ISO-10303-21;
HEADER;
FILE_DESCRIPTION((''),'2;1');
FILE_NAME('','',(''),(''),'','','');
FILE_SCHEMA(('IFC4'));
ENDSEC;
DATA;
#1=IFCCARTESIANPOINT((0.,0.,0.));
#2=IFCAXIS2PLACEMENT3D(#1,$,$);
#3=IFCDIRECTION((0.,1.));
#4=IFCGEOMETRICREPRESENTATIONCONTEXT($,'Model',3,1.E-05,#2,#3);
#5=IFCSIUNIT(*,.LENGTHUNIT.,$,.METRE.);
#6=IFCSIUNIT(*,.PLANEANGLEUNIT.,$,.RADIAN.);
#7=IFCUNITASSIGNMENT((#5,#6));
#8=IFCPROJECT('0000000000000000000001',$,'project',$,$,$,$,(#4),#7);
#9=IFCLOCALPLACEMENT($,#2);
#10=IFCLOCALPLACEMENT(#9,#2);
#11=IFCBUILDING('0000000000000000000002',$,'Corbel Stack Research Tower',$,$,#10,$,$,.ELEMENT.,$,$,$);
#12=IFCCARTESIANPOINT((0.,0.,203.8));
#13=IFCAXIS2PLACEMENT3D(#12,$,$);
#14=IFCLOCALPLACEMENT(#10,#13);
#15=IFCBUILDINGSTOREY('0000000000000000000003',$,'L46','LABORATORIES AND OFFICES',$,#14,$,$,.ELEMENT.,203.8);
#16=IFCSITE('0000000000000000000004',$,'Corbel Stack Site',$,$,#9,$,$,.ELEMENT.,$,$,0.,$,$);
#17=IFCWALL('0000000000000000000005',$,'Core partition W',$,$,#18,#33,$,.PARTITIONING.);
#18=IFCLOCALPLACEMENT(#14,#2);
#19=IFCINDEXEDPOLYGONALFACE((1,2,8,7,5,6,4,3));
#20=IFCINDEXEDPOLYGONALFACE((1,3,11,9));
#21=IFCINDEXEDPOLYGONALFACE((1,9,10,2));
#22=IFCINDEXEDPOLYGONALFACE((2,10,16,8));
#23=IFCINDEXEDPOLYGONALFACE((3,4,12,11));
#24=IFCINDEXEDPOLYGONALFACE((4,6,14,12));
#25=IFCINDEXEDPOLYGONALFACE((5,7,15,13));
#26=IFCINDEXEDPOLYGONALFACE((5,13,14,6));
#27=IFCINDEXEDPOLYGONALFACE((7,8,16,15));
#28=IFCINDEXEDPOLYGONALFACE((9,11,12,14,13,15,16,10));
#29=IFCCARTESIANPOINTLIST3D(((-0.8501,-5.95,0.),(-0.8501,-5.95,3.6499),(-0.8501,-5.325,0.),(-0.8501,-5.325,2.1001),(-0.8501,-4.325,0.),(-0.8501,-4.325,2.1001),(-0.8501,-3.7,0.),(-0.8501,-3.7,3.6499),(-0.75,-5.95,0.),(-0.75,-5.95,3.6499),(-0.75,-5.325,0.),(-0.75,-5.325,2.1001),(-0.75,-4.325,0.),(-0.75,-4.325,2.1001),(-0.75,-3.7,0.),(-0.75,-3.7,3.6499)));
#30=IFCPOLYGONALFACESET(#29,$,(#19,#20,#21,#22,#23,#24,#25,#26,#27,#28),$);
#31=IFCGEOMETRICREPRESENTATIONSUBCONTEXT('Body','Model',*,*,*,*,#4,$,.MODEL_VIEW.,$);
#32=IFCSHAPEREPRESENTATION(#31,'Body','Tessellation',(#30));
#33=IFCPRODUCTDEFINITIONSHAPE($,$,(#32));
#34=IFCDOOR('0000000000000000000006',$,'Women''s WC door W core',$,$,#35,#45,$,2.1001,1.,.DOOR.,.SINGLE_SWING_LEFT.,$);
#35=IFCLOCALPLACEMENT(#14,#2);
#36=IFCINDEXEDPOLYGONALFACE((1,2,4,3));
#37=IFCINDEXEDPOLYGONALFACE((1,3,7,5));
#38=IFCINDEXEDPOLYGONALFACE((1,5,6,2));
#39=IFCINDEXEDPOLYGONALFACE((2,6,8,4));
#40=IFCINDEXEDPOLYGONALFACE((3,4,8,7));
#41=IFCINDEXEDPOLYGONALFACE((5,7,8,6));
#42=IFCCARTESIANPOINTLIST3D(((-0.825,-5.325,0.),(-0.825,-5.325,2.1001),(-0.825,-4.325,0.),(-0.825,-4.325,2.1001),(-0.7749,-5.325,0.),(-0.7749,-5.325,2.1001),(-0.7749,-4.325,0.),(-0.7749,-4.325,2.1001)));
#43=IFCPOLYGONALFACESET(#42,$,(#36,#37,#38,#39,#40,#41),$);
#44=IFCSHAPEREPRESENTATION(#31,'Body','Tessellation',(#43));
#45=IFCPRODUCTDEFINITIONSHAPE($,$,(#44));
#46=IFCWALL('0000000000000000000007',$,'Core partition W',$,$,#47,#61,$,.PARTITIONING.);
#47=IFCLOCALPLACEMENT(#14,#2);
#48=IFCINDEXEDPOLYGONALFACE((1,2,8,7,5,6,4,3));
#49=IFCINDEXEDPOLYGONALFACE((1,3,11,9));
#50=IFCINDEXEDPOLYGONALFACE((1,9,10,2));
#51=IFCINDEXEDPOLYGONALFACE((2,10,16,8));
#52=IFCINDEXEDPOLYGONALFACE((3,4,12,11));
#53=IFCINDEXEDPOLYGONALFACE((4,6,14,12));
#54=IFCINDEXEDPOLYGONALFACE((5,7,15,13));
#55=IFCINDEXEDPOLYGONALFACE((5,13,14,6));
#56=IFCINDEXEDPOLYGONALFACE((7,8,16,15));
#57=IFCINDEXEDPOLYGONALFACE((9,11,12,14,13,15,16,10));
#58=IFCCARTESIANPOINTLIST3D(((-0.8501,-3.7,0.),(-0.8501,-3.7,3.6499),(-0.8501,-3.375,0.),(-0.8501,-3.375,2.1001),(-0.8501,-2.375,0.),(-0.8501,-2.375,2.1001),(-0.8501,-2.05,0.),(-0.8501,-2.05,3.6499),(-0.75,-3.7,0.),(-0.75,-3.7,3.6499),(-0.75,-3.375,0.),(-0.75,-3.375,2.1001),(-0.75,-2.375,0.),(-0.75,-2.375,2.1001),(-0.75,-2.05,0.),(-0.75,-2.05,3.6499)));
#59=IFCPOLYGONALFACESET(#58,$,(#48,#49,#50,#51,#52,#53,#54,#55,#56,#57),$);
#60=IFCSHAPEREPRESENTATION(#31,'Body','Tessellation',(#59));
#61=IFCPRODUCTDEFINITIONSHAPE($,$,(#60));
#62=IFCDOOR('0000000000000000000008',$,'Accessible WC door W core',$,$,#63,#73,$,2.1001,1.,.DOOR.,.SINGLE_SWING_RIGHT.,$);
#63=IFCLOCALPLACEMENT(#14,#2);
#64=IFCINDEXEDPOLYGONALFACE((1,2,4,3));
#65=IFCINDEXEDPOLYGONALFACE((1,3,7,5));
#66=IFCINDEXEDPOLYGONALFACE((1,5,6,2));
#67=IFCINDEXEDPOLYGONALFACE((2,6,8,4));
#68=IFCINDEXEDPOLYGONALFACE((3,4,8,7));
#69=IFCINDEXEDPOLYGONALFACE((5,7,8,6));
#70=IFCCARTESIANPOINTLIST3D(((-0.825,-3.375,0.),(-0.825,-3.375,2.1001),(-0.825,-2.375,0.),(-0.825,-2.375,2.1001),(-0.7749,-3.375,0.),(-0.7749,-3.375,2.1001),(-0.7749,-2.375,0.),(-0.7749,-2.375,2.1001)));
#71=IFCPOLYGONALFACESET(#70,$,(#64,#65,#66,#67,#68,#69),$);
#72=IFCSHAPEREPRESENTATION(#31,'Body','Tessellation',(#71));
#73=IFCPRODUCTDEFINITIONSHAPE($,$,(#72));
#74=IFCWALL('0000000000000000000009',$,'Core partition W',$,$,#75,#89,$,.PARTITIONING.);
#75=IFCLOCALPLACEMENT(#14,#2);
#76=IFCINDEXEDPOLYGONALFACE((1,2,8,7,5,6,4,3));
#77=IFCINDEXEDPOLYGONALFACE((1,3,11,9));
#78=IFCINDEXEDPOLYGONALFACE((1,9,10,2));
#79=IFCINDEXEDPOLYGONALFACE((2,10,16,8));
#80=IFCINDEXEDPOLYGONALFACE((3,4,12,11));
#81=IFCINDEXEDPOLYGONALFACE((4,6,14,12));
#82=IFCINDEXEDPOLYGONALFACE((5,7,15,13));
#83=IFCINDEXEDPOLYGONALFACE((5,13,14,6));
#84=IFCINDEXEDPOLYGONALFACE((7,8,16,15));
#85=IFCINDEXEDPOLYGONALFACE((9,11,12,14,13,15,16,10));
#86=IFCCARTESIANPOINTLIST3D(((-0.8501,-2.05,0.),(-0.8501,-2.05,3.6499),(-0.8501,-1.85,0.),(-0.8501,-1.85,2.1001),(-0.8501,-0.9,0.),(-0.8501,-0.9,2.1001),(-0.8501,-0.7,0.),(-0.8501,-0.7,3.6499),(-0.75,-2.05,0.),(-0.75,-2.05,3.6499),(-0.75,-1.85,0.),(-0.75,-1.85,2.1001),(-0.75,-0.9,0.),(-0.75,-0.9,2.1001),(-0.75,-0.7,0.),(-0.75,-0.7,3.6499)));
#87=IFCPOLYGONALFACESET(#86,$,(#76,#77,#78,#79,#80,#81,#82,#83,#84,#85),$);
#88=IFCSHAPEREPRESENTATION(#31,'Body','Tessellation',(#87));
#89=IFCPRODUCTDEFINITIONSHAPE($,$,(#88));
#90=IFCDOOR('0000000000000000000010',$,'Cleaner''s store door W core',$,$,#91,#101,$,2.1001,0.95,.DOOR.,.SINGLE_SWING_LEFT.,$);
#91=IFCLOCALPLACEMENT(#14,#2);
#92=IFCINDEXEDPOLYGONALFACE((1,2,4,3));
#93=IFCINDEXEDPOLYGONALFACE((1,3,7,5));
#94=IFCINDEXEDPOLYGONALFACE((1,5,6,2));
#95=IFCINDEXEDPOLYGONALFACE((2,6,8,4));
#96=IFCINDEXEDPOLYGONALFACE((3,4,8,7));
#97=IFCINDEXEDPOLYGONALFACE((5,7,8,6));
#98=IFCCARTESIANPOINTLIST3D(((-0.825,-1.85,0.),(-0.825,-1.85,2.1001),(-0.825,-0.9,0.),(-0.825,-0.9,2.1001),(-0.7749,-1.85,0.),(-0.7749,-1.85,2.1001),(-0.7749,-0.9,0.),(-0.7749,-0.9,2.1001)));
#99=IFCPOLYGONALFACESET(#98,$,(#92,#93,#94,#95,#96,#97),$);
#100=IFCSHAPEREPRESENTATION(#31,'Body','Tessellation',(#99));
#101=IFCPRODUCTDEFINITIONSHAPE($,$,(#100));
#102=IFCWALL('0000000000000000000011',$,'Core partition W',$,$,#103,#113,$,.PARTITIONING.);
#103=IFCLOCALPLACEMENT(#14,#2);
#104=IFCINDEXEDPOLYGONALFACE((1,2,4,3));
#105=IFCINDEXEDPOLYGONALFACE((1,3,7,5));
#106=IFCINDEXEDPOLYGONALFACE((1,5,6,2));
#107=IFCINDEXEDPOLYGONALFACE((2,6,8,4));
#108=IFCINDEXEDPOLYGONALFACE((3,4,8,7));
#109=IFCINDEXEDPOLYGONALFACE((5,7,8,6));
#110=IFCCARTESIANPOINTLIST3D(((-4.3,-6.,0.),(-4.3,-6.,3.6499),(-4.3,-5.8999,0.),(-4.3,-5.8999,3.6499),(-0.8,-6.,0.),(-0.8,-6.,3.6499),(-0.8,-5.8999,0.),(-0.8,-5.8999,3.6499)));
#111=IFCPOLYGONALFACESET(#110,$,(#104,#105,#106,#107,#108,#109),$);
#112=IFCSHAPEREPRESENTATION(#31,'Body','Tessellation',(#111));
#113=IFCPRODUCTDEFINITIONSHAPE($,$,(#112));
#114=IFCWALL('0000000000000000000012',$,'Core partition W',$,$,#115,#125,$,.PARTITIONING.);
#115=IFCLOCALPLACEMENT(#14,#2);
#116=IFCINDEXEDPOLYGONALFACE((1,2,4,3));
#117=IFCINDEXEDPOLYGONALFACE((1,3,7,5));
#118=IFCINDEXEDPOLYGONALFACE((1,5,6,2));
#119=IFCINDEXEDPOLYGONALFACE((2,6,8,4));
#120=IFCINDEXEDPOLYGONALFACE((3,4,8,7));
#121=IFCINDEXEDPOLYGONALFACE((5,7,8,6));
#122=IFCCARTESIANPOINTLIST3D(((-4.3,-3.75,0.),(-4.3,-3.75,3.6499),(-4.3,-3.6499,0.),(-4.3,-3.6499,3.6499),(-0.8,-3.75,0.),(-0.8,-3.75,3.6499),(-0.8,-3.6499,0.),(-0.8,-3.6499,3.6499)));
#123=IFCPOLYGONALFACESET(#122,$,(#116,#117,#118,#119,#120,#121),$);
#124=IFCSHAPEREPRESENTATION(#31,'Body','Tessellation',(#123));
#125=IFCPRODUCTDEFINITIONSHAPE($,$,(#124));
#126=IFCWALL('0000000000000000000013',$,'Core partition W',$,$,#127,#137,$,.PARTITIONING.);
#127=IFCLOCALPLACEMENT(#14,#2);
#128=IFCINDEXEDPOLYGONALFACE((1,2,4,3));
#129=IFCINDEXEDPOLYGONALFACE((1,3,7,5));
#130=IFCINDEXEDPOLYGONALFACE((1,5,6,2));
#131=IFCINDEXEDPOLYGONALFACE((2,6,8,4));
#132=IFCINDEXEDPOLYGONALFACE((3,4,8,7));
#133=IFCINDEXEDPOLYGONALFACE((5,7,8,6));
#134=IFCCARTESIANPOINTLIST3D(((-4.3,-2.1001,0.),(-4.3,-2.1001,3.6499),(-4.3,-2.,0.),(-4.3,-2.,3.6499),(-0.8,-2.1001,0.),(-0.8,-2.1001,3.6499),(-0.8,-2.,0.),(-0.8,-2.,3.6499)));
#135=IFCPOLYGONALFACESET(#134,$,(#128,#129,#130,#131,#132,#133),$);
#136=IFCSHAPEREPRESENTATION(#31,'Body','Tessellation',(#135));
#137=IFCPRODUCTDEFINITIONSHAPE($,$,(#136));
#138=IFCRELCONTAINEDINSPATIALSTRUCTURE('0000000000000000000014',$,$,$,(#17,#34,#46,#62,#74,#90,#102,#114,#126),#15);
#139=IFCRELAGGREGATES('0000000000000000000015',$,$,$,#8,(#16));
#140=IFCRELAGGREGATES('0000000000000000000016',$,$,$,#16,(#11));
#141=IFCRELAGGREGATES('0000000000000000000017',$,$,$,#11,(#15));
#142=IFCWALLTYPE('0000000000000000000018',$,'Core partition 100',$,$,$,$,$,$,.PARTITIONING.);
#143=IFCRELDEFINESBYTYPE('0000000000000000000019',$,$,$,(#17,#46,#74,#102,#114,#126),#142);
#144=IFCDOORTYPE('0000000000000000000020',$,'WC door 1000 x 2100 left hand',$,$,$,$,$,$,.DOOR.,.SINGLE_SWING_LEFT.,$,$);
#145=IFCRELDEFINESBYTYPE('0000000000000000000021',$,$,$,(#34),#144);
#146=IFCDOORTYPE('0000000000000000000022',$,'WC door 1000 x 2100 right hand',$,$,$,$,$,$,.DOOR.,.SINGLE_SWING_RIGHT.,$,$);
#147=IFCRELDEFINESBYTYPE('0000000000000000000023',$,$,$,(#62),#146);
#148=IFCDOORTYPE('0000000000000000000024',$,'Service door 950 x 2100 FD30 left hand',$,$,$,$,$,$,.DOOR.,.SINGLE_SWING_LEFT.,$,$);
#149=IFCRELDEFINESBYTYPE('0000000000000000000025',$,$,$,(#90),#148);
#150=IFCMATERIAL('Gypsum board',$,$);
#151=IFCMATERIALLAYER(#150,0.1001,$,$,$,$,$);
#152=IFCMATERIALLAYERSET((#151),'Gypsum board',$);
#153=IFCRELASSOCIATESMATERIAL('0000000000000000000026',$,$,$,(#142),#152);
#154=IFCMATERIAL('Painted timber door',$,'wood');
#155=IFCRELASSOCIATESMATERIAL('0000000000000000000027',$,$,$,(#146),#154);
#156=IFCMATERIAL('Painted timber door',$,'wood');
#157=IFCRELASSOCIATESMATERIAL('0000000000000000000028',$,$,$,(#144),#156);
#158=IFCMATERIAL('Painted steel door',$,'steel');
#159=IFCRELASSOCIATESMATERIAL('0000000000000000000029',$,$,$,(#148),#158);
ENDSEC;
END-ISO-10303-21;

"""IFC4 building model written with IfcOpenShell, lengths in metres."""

from ifc_helpers import new_model, si_unit, direction, frame, frame_2d, origin, place, context, subcontext, project, spatial, rectangle, extrude, material, layer, layer_set, type_object, element, fill, save


model = new_model("IFC4")

# Units and contexts
model_context = context("Model", 3, precision=1e-05, world=origin(), true_north=direction((0.0, 1.0)))
body_context = subcontext(model_context, "Body", "Model", "MODEL_VIEW")
ifc_project = project(units=[si_unit("LENGTHUNIT", "METRE"), si_unit("PLANEANGLEUNIT", "RADIAN")], contexts=[model_context])

# Site, building, storey
site_placement = place(None, origin())
site = spatial("IfcSite", under=ifc_project, at=site_placement, Name="Corbel Stack Site", CompositionType="ELEMENT", RefElevation=0.0)
building_placement = place(site_placement, origin())
building = spatial("IfcBuilding", under=site, at=building_placement, Name="Corbel Stack Research Tower", CompositionType="ELEMENT")
storey_placement = place(building_placement, frame((0.0, 0.0, 203.8)))
storey = spatial("IfcBuildingStorey", under=building, at=storey_placement, Name="L46", Description="LABORATORIES AND OFFICES", CompositionType="ELEMENT", Elevation=203.8)

# Walls, openings, doors
ifc_material_1 = material(Name="Gypsum board")
ifc_layer_1 = layer(ifc_material_1, 0.1001)
ifc_layer_set_1 = layer_set([ifc_layer_1], Name="Gypsum board")
wall_type_1 = type_object("IfcWallType", Name="Core partition 100", PredefinedType="PARTITIONING", material=ifc_layer_set_1)
ifc_material_2 = material(Name="Painted timber door", Category="wood")
door_type_1 = type_object("IfcDoorType", Name="WC door 1000 x 2100 right hand", OperationType="SINGLE_SWING_RIGHT", PredefinedType="DOOR", material=ifc_material_2)
wall_1_placement = place(storey_placement, frame((-0.8, -5.95, 0.0), z_axis=(0.0, 0.0, 1.0), x_axis=(0.0, 1.0, 0.0)))
wall_1 = element("IfcWall", 1, at=wall_1_placement, inside=storey, type_object=wall_type_1, Name="Core partition W", PredefinedType="PARTITIONING", context=body_context, shape_type="SweptSolid", body=[
    extrude(rectangle(XDim=2.25, YDim=0.1001, at=frame_2d((1.125, 0.0))), origin(), (0.0, 0.0, 1.0), 3.6499),
])
opening_1_placement = place(wall_1_placement, frame((0.625, 0.0, 0.0)))
opening_1 = element("IfcOpeningElement", 2, at=opening_1_placement, cuts=wall_1, PredefinedType="OPENING", context=body_context, shape_type="SweptSolid", body=[
    extrude(rectangle(XDim=1.0, YDim=2.1001, at=frame_2d((0.5, 1.05))), frame((0.0, 0.0601, 0.0), z_axis=(0.0, -1.0, 0.0), x_axis=(1.0, 0.0, 0.0)), (0.0, 0.0, 1.0), 0.1201),
])
ifc_material_3 = material(Name="Painted timber door", Category="wood")
door_type_2 = type_object("IfcDoorType", Name="WC door 1000 x 2100 left hand", OperationType="SINGLE_SWING_LEFT", PredefinedType="DOOR", material=ifc_material_3)
door_1_placement = place(opening_1_placement, origin())
door_1 = element("IfcDoor", 3, at=door_1_placement, inside=storey, type_object=door_type_2, Name="Women's WC door W core", OperationType="SINGLE_SWING_LEFT", OverallHeight=2.1001, OverallWidth=1.0, PredefinedType="DOOR", context=body_context, shape_type="SweptSolid", body=[
    extrude(rectangle(XDim=1.0, YDim=2.1001, at=frame_2d((0.5, 1.05))), frame((0.0, 0.0249, 0.0), z_axis=(0.0, -1.0, 0.0), x_axis=(1.0, 0.0, 0.0)), (0.0, 0.0, 1.0), 0.05),
])
fill(opening_1, door_1)
wall_2_placement = place(storey_placement, frame((-0.8, -3.7, 0.0), z_axis=(0.0, 0.0, 1.0), x_axis=(0.0, 1.0, 0.0)))
wall_2 = element("IfcWall", 4, at=wall_2_placement, inside=storey, type_object=wall_type_1, Name="Core partition W", PredefinedType="PARTITIONING", context=body_context, shape_type="SweptSolid", body=[
    extrude(rectangle(XDim=1.6499, YDim=0.1001, at=frame_2d((0.825, 0.0))), origin(), (0.0, 0.0, 1.0), 3.6499),
])
opening_2_placement = place(wall_2_placement, frame((0.325, 0.0, 0.0)))
opening_2 = element("IfcOpeningElement", 5, at=opening_2_placement, cuts=wall_2, PredefinedType="OPENING", context=body_context, shape_type="SweptSolid", body=[
    extrude(rectangle(XDim=1.0, YDim=2.1001, at=frame_2d((0.5, 1.05))), frame((0.0, 0.0601, 0.0), z_axis=(0.0, -1.0, 0.0), x_axis=(1.0, 0.0, 0.0)), (0.0, 0.0, 1.0), 0.1201),
])
door_2_placement = place(opening_2_placement, origin())
door_2 = element("IfcDoor", 6, at=door_2_placement, inside=storey, type_object=door_type_1, Name="Accessible WC door W core", OperationType="SINGLE_SWING_RIGHT", OverallHeight=2.1001, OverallWidth=1.0, PredefinedType="DOOR", context=body_context, shape_type="SweptSolid", body=[
    extrude(rectangle(XDim=1.0, YDim=2.1001, at=frame_2d((0.5, 1.05))), frame((0.0, 0.0249, 0.0), z_axis=(0.0, -1.0, 0.0), x_axis=(1.0, 0.0, 0.0)), (0.0, 0.0, 1.0), 0.05),
])
fill(opening_2, door_2)
wall_3_placement = place(storey_placement, frame((-0.8, -2.05, 0.0), z_axis=(0.0, 0.0, 1.0), x_axis=(0.0, 1.0, 0.0)))
wall_3 = element("IfcWall", 7, at=wall_3_placement, inside=storey, type_object=wall_type_1, Name="Core partition W", PredefinedType="PARTITIONING", context=body_context, shape_type="SweptSolid", body=[
    extrude(rectangle(XDim=1.3501, YDim=0.1001, at=frame_2d((0.675, 0.0))), origin(), (0.0, 0.0, 1.0), 3.6499),
])
opening_3_placement = place(wall_3_placement, frame((0.2, 0.0, 0.0)))
opening_3 = element("IfcOpeningElement", 8, at=opening_3_placement, cuts=wall_3, PredefinedType="OPENING", context=body_context, shape_type="SweptSolid", body=[
    extrude(rectangle(XDim=0.95, YDim=2.1001, at=frame_2d((0.4751, 1.05))), frame((0.0, 0.0601, 0.0), z_axis=(0.0, -1.0, 0.0), x_axis=(1.0, 0.0, 0.0)), (0.0, 0.0, 1.0), 0.1201),
])
ifc_material_4 = material(Name="Painted steel door", Category="steel")
door_type_3 = type_object("IfcDoorType", Name="Service door 950 x 2100 FD30 left hand", OperationType="SINGLE_SWING_LEFT", PredefinedType="DOOR", material=ifc_material_4)
door_3_placement = place(opening_3_placement, origin())
door_3 = element("IfcDoor", 9, at=door_3_placement, inside=storey, type_object=door_type_3, Name="Cleaner's store door W core", OperationType="SINGLE_SWING_LEFT", OverallHeight=2.1001, OverallWidth=0.95, PredefinedType="DOOR", context=body_context, shape_type="SweptSolid", body=[
    extrude(rectangle(XDim=0.95, YDim=2.1001, at=frame_2d((0.4751, 1.05))), frame((0.0, 0.0249, 0.0), z_axis=(0.0, -1.0, 0.0), x_axis=(1.0, 0.0, 0.0)), (0.0, 0.0, 1.0), 0.05),
])
fill(opening_3, door_3)

# Walls
for number, where, z_axis, x_axis, name in (
    (10, (-4.3, -5.95, 0.0), (0.0, 0.0, 1.0), (1.0, 0.0, 0.0), "Core partition W"),
    (11, (-4.3, -3.7, 0.0), (0.0, 0.0, 1.0), (1.0, 0.0, 0.0), "Core partition W"),
    (12, (-4.3, -2.05, 0.0), (0.0, 0.0, 1.0), (1.0, 0.0, 0.0), "Core partition W"),
):
    element("IfcWall", number, at=place(storey_placement, frame(where, z_axis=z_axis, x_axis=x_axis)), inside=storey, type_object=wall_type_1, Name=name, PredefinedType="PARTITIONING", context=body_context, shape_type="SweptSolid", body=[
        extrude(rectangle(XDim=3.5, YDim=0.1001, at=frame_2d((1.75, 0.0))), origin(), (0.0, 0.0, 1.0), 3.6499),
    ])

save(model, "model.ifc")
